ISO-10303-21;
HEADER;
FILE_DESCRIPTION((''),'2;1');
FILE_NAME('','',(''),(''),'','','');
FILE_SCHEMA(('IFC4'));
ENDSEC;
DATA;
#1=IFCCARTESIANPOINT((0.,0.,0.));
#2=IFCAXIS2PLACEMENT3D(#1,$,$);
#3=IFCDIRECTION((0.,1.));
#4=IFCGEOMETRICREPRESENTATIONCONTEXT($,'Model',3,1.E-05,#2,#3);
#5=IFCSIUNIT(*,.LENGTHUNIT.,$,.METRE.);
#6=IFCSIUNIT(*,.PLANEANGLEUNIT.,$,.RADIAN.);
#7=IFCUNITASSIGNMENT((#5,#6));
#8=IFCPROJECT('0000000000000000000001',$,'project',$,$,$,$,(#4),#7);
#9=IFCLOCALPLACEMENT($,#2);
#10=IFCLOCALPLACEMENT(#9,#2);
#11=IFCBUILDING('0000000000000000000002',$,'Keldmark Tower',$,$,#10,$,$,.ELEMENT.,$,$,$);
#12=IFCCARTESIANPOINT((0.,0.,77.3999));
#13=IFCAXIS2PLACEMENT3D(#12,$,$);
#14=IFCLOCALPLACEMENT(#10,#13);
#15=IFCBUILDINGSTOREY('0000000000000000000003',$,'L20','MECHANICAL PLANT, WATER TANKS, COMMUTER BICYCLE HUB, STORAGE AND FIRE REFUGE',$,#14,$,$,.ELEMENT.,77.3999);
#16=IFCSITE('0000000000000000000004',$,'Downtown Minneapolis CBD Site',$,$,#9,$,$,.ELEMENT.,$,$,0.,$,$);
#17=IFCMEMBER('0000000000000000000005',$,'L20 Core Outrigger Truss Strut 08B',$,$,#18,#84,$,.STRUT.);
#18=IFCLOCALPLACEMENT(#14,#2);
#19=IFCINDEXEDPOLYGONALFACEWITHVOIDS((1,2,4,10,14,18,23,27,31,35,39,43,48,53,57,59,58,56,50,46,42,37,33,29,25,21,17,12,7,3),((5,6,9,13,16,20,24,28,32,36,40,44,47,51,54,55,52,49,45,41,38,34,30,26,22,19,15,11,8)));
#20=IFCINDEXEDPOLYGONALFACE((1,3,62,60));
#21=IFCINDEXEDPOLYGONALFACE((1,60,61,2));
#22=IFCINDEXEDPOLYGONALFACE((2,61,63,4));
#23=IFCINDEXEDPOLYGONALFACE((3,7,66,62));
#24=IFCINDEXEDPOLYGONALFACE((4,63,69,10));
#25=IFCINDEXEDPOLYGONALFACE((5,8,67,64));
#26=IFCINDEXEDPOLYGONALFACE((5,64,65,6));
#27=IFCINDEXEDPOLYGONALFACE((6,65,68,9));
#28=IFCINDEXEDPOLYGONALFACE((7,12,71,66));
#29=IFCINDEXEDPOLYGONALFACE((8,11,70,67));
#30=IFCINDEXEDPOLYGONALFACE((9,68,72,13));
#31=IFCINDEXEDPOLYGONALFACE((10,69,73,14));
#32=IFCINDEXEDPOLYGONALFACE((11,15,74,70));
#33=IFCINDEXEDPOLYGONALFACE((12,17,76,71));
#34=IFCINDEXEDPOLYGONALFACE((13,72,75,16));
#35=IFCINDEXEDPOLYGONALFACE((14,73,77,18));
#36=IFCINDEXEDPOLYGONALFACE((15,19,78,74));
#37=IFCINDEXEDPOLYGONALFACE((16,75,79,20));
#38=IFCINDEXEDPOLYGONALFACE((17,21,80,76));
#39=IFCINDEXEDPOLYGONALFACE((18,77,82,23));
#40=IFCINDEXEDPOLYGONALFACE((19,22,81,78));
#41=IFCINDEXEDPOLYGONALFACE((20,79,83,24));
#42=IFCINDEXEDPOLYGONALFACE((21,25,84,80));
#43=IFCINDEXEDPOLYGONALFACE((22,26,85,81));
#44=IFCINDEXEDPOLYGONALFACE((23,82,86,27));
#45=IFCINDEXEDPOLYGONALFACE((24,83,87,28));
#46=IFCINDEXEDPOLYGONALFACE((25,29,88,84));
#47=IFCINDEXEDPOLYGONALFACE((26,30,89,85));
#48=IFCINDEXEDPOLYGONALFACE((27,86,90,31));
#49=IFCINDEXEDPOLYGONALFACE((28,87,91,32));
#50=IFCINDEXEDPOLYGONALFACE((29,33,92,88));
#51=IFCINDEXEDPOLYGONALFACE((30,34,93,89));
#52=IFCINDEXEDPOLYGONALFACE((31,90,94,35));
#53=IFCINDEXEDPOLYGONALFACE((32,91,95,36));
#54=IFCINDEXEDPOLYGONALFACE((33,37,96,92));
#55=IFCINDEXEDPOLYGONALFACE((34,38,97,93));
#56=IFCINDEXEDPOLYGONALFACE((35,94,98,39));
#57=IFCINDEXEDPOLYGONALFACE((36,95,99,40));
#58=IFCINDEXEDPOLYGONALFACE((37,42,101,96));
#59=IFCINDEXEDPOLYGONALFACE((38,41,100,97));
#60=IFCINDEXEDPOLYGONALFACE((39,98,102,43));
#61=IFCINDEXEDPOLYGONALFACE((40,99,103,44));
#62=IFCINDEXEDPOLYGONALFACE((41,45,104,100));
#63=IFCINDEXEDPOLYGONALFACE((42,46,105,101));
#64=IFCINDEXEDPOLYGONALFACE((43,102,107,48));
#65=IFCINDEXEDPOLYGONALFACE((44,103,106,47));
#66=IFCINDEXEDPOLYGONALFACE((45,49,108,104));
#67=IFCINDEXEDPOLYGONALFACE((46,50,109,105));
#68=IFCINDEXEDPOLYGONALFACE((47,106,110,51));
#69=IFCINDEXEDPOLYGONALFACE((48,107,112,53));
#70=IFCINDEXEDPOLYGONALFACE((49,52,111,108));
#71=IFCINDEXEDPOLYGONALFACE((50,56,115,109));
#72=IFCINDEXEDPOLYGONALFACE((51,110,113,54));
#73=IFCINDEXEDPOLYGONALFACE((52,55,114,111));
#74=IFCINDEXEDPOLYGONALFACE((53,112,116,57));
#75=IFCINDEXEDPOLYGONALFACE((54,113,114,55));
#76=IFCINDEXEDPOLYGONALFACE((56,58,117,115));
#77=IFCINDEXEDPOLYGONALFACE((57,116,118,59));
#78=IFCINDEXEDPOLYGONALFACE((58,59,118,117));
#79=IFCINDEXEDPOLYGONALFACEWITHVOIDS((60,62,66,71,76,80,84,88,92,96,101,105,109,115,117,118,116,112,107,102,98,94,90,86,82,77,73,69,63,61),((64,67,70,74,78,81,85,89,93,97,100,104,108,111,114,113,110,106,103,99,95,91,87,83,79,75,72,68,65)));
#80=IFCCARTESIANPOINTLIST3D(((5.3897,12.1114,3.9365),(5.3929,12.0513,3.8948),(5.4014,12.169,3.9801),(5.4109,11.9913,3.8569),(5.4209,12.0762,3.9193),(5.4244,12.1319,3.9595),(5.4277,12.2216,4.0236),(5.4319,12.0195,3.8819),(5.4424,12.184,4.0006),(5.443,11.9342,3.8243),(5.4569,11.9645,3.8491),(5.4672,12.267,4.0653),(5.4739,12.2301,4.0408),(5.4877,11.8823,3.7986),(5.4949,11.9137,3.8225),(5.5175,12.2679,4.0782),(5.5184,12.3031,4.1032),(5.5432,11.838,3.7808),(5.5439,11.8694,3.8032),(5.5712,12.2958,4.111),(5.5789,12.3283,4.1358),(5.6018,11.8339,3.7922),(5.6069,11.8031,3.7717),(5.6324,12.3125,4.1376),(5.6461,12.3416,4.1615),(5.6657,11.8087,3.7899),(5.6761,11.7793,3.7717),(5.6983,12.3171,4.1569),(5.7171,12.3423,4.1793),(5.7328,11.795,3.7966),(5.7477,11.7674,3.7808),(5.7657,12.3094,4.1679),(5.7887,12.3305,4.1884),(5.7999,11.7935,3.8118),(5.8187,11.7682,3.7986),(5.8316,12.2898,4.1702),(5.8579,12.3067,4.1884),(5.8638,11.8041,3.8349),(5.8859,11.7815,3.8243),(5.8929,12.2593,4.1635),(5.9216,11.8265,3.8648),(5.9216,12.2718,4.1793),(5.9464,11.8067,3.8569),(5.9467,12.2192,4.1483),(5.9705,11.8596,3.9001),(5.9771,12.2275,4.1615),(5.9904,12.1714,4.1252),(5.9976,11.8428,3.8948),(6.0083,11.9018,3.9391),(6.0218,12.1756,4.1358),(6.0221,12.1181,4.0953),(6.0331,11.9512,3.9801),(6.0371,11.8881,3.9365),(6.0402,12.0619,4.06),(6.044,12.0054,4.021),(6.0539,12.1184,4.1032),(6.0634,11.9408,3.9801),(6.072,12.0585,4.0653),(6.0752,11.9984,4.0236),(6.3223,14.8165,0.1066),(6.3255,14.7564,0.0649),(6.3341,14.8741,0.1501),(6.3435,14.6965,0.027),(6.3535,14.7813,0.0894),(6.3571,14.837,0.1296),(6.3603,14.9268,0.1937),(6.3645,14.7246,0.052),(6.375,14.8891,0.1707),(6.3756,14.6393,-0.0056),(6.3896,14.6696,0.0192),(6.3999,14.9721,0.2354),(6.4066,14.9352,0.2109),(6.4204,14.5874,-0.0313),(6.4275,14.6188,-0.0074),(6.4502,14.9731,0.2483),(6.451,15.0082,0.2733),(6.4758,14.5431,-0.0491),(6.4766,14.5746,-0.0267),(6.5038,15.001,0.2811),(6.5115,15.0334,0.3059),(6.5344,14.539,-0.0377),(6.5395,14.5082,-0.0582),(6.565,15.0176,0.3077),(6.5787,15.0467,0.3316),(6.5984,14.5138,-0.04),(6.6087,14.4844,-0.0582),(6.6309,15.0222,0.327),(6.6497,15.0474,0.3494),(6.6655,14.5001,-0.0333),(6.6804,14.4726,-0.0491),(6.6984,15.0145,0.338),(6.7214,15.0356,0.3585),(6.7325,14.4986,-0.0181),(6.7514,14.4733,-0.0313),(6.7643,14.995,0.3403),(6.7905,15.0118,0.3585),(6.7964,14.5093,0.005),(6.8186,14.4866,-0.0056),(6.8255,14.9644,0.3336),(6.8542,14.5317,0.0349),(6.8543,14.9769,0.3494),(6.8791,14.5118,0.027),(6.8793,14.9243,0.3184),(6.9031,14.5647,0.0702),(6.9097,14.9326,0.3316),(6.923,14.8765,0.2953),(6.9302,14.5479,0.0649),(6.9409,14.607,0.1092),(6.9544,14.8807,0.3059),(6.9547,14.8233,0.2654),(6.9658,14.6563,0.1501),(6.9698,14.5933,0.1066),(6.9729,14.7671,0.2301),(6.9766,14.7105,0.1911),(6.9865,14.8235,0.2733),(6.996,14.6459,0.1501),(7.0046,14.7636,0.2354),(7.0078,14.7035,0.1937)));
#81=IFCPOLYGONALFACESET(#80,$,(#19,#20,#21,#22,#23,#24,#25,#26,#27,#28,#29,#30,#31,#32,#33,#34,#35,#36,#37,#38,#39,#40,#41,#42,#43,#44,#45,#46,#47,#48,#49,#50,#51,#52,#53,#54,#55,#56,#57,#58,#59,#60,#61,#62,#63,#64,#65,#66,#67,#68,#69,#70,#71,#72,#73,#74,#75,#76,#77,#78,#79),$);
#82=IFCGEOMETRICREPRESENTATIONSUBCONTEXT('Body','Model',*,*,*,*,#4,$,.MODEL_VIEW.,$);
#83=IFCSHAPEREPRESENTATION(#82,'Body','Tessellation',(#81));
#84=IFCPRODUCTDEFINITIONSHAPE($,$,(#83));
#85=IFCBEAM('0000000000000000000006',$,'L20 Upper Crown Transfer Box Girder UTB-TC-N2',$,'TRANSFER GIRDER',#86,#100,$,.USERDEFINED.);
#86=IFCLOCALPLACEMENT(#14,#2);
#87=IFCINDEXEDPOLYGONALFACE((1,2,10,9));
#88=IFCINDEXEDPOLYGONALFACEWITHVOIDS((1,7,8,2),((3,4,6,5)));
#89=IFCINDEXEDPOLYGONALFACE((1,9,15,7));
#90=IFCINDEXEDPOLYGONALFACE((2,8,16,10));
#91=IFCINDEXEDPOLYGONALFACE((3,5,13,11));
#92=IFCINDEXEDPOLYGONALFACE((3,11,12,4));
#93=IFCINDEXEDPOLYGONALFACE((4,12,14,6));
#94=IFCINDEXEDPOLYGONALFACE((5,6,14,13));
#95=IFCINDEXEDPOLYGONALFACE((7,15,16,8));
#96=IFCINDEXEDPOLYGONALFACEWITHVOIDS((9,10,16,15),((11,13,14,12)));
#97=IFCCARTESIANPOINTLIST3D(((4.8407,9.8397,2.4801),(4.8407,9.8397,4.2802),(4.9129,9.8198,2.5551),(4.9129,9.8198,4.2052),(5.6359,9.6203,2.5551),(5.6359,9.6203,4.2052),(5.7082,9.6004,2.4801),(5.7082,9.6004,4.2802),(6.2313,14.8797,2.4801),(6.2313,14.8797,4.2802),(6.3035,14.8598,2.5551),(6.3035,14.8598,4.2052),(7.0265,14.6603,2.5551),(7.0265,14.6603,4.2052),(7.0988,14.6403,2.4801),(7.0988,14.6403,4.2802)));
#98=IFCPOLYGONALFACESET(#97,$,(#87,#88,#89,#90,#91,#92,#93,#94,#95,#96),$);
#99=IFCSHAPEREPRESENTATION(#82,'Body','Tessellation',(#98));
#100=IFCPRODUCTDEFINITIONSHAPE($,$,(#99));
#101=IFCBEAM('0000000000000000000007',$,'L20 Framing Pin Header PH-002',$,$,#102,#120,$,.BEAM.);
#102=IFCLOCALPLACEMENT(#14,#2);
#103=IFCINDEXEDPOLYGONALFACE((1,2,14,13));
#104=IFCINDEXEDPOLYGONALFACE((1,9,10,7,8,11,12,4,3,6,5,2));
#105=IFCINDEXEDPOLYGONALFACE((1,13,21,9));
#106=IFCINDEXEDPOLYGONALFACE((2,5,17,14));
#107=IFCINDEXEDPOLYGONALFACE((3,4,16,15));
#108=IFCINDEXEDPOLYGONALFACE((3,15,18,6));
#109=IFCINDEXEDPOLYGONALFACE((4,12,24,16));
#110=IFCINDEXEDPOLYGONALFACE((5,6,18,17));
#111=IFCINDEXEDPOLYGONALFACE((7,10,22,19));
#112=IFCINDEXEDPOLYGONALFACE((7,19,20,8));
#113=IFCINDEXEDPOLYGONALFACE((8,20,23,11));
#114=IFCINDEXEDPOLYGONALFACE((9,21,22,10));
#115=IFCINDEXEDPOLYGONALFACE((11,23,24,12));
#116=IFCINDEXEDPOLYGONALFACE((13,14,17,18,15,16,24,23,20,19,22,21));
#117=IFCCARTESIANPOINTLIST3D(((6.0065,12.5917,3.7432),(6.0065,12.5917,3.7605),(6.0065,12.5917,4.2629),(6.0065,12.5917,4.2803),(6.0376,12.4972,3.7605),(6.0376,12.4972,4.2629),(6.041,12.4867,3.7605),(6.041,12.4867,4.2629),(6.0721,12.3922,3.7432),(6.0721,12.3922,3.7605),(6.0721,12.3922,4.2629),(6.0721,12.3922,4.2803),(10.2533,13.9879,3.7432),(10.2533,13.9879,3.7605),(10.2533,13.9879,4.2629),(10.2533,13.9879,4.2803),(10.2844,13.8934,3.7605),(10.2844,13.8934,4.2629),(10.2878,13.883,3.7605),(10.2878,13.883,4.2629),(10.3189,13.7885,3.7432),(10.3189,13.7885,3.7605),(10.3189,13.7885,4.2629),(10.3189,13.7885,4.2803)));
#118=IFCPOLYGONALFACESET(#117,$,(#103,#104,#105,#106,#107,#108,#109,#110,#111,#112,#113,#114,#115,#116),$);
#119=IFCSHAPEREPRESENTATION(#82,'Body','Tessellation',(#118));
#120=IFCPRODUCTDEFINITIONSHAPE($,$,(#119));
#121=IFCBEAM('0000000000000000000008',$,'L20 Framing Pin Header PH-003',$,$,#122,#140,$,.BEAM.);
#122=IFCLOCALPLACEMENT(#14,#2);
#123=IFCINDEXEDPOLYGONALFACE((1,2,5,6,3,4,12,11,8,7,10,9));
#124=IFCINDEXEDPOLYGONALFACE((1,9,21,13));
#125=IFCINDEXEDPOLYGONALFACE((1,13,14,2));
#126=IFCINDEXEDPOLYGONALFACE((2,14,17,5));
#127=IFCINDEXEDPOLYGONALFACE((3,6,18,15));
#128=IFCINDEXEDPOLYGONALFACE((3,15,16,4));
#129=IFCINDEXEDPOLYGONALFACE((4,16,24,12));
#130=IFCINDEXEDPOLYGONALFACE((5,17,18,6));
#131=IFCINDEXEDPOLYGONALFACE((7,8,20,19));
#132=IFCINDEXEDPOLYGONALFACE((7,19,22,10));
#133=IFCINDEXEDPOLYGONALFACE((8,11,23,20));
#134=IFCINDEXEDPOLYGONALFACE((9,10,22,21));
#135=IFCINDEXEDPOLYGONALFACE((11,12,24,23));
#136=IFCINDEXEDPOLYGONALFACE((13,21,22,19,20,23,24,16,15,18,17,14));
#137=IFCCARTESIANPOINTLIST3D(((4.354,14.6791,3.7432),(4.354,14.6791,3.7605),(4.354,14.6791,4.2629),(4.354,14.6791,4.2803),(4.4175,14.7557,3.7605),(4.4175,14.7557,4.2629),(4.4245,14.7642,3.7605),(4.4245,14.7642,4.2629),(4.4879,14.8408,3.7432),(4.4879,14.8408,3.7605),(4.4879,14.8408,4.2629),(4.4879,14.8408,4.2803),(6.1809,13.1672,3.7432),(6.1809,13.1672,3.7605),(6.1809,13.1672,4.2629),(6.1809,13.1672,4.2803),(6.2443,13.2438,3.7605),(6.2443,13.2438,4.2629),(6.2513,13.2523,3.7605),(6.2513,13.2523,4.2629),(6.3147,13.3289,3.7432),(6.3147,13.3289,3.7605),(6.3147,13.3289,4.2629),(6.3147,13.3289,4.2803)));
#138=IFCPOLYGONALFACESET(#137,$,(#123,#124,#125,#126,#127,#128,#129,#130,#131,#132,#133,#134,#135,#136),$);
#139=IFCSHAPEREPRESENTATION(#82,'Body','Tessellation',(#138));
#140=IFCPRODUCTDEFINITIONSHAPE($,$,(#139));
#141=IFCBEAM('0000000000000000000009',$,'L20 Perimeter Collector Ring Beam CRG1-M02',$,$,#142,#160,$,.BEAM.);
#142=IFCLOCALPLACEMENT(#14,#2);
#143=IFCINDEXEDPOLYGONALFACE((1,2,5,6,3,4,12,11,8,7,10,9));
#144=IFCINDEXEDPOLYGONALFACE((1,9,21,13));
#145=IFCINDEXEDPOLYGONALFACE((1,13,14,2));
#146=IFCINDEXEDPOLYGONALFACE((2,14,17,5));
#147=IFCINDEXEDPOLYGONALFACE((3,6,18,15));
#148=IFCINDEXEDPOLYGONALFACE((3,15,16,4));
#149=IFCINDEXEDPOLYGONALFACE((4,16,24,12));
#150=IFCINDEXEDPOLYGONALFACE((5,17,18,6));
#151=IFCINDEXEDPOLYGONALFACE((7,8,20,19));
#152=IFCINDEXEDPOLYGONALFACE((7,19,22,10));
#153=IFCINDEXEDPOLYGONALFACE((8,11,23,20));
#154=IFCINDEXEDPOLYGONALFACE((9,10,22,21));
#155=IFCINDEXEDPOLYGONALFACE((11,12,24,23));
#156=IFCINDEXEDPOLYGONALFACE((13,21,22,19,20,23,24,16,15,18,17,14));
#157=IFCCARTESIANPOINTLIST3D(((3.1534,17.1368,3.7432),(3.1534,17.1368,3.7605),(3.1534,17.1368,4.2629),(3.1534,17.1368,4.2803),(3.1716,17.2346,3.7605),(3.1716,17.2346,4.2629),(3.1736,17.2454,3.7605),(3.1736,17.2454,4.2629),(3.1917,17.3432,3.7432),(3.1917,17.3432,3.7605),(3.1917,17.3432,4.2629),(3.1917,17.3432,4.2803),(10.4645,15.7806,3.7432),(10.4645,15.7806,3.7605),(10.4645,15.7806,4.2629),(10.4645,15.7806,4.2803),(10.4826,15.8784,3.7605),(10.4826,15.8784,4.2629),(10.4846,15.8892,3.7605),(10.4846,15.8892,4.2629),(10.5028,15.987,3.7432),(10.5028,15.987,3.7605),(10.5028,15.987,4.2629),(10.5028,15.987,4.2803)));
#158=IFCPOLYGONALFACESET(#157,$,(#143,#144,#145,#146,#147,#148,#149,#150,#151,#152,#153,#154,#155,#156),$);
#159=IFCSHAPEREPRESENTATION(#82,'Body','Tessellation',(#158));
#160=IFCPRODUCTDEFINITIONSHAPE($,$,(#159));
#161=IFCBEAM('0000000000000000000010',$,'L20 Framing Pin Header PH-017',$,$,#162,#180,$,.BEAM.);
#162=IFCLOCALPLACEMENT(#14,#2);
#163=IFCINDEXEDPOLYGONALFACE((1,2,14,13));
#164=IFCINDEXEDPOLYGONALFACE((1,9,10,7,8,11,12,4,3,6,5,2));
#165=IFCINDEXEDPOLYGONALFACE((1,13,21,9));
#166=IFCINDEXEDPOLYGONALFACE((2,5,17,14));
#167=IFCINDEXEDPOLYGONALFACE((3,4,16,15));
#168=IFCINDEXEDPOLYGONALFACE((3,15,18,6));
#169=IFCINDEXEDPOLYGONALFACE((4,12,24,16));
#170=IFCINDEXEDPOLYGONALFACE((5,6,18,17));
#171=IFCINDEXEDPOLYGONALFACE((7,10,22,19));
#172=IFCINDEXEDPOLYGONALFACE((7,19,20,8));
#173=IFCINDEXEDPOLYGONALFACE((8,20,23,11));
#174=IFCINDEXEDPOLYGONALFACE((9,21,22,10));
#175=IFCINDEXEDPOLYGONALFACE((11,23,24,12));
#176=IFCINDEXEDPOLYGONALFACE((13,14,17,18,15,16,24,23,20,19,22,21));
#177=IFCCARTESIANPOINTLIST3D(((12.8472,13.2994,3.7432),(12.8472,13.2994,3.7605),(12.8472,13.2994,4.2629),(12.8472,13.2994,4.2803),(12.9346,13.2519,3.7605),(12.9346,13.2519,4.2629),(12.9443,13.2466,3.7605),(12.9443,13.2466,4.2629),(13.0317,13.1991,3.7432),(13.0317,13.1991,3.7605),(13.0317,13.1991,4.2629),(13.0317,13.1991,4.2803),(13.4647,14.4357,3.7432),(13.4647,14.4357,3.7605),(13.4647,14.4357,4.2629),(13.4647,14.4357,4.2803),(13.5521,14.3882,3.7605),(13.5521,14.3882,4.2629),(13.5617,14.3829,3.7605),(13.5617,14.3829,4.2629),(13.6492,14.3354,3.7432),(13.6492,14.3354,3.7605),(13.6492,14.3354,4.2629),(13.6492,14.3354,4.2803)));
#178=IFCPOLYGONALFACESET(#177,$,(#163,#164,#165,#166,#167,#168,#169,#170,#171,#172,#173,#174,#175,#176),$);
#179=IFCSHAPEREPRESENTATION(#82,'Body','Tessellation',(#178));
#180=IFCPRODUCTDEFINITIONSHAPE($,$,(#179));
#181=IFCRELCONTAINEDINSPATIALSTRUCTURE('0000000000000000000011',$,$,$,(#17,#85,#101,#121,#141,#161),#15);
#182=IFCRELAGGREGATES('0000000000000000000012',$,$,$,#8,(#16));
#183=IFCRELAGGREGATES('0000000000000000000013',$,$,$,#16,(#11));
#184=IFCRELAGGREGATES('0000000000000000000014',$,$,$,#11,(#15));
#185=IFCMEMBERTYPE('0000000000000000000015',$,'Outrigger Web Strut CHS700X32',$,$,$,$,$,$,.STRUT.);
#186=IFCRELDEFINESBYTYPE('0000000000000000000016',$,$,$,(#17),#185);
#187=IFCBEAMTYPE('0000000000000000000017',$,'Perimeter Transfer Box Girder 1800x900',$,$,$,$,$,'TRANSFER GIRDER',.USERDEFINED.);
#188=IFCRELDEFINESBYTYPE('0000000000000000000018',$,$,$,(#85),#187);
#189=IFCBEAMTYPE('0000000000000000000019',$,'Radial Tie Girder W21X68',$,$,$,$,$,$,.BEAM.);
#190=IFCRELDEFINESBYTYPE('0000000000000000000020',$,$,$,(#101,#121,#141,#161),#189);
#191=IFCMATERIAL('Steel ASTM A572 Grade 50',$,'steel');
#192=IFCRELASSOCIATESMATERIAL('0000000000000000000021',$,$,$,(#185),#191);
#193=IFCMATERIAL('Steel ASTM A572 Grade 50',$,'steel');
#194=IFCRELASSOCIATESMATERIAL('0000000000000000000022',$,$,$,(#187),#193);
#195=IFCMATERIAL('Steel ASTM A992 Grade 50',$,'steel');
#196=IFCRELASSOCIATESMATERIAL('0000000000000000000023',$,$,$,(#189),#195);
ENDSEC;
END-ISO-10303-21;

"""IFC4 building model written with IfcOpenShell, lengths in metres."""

from ifc_helpers import new_model, si_unit, direction, frame, origin, origin_2d, place, context, subcontext, project, spatial, hollow_rectangle, hollow_circle, i_section, extrude, material, material_profile, profile_set, type_object, element, save


model = new_model("IFC4")

# Units and contexts
model_context = context("Model", 3, precision=1e-05, world=origin(), true_north=direction((0.0, 1.0)))
body_context = subcontext(model_context, "Body", "Model", "MODEL_VIEW")
ifc_project = project(units=[si_unit("LENGTHUNIT", "METRE"), si_unit("PLANEANGLEUNIT", "RADIAN")], contexts=[model_context])

# Site, building, storey
site_placement = place(None, origin())
site = spatial("IfcSite", under=ifc_project, at=site_placement, Name="Downtown Minneapolis CBD Site", CompositionType="ELEMENT", RefElevation=0.0)
building_placement = place(site_placement, origin())
building = spatial("IfcBuilding", under=site, at=building_placement, Name="Keldmark Tower", CompositionType="ELEMENT")
storey_placement = place(building_placement, frame((0.0, 0.0, 77.3999)))
storey = spatial("IfcBuildingStorey", under=building, at=storey_placement, Name="L20", Description="MECHANICAL PLANT, WATER TANKS, COMMUTER BICYCLE HUB, STORAGE AND FIRE REFUGE", CompositionType="ELEMENT", Elevation=77.3999)

# Member
ifc_material_1 = material(Name="Steel ASTM A572 Grade 50", Category="steel")
ifc_material_profile_1 = material_profile(ifc_material_1, hollow_circle(Radius=0.3501, WallThickness=0.032, at=origin_2d()), Name="CHS700X32")
ifc_profile_set_1 = profile_set([ifc_material_profile_1], Name="Steel ASTM A572 Grade 50")
member_type_1 = type_object("IfcMemberType", Name="Outrigger Web Strut CHS700X32", PredefinedType="STRUT", material=ifc_profile_set_1)
member_1_placement = place(storey_placement, frame((6.665, 14.76, 0.1501), z_axis=(-0.195081, -0.565836, 0.801107), x_axis=(0.945391, -0.325938, 0.0)))
element("IfcMember", 1, at=member_1_placement, inside=storey, type_object=member_type_1, Name="L20 Core Outrigger Truss Strut 08B", PredefinedType="STRUT", context=body_context, shape_type="SweptSolid", body=[
    extrude(hollow_circle(Radius=0.3501, WallThickness=0.032, at=origin_2d()), origin(), (0.0, 0.0, 1.0), 4.7808),
])

# Beams
ifc_material_2 = material(Name="Steel ASTM A572 Grade 50", Category="steel")
ifc_material_profile_2 = material_profile(ifc_material_2, hollow_rectangle(XDim=0.8999, YDim=1.8, WallThickness=0.075, at=origin_2d()), Name="TBOX1800X900X75")
ifc_profile_set_2 = profile_set([ifc_material_profile_2], Name="Steel ASTM A572 Grade 50")
beam_type_1 = type_object("IfcBeamType", Name="Perimeter Transfer Box Girder 1800x900", ElementType="TRANSFER GIRDER", PredefinedType="USERDEFINED", material=ifc_profile_set_2)
beam_1_placement = place(storey_placement, frame((6.665, 14.76, 3.3801), z_axis=(-0.265977, -0.963979, 0.0), x_axis=(0.963979, -0.265977, 0.0)))
element("IfcBeam", 2, at=beam_1_placement, inside=storey, type_object=beam_type_1, Name="L20 Upper Crown Transfer Box Girder UTB-TC-N2", ObjectType="TRANSFER GIRDER", PredefinedType="USERDEFINED", context=body_context, shape_type="SweptSolid", body=[
    extrude(hollow_rectangle(XDim=0.8999, YDim=1.8, WallThickness=0.075, at=origin_2d()), origin(), (0.0, 0.0, 1.0), 5.2283),
])
ifc_material_3 = material(Name="Steel ASTM A992 Grade 50", Category="steel")
ifc_material_profile_3 = material_profile(ifc_material_3, i_section(OverallWidth=0.21, OverallDepth=0.5371, WebThickness=0.011, FlangeThickness=0.0173, at=origin_2d()), Name="W21X68")
ifc_profile_set_3 = profile_set([ifc_material_profile_3], Name="Steel ASTM A992 Grade 50")
beam_type_2 = type_object("IfcBeamType", Name="Radial Tie Girder W21X68", PredefinedType="BEAM", material=ifc_profile_set_3)
beam_2_placement = place(storey_placement, frame((6.0393, 12.4919, 4.0117), z_axis=(0.949975, 0.312326, 0.0), x_axis=(-0.312326, 0.949975, 0.0)))
element("IfcBeam", 3, at=beam_2_placement, inside=storey, type_object=beam_type_2, Name="L20 Framing Pin Header PH-002", PredefinedType="BEAM", context=body_context, shape_type="SweptSolid", body=[
    extrude(i_section(OverallWidth=0.21, OverallDepth=0.5371, WebThickness=0.011, FlangeThickness=0.0173, at=origin_2d()), origin(), (0.0, 0.0, 1.0), 4.4705),
])
beam_3_placement = place(storey_placement, frame((6.2478, 13.248, 4.0117), z_axis=(-0.770386, 0.637578, 0.0), x_axis=(-0.637578, -0.770386, 0.0)))
element("IfcBeam", 4, at=beam_3_placement, inside=storey, type_object=beam_type_2, Name="L20 Framing Pin Header PH-003", PredefinedType="BEAM", context=body_context, shape_type="SweptSolid", body=[
    extrude(i_section(OverallWidth=0.21, OverallDepth=0.5371, WebThickness=0.011, FlangeThickness=0.0173, at=origin_2d()), origin(), (0.0, 0.0, 1.0), 2.3713),
])
beam_4_placement = place(storey_placement, frame((10.4836, 15.8838, 4.0117), z_axis=(-0.983226, 0.182389, 0.0), x_axis=(-0.182389, -0.983226, 0.0)))
element("IfcBeam", 5, at=beam_4_placement, inside=storey, type_object=beam_type_2, Name="L20 Perimeter Collector Ring Beam CRG1-M02", PredefinedType="BEAM", context=body_context, shape_type="SweptSolid", body=[
    extrude(i_section(OverallWidth=0.21, OverallDepth=0.5371, WebThickness=0.011, FlangeThickness=0.0173, at=origin_2d()), origin(), (0.0, 0.0, 1.0), 7.4358),
])
beam_5_placement = place(storey_placement, frame((12.9395, 13.2493, 4.0117), z_axis=(0.477463, 0.878652, 0.0), x_axis=(-0.878652, 0.477463, 0.0)))
element("IfcBeam", 6, at=beam_5_placement, inside=storey, type_object=beam_type_2, Name="L20 Framing Pin Header PH-017", PredefinedType="BEAM", context=body_context, shape_type="SweptSolid", body=[
    extrude(i_section(OverallWidth=0.21, OverallDepth=0.5371, WebThickness=0.011, FlangeThickness=0.0173, at=origin_2d()), origin(), (0.0, 0.0, 1.0), 1.2932),
])

save(model, "model.ifc")
